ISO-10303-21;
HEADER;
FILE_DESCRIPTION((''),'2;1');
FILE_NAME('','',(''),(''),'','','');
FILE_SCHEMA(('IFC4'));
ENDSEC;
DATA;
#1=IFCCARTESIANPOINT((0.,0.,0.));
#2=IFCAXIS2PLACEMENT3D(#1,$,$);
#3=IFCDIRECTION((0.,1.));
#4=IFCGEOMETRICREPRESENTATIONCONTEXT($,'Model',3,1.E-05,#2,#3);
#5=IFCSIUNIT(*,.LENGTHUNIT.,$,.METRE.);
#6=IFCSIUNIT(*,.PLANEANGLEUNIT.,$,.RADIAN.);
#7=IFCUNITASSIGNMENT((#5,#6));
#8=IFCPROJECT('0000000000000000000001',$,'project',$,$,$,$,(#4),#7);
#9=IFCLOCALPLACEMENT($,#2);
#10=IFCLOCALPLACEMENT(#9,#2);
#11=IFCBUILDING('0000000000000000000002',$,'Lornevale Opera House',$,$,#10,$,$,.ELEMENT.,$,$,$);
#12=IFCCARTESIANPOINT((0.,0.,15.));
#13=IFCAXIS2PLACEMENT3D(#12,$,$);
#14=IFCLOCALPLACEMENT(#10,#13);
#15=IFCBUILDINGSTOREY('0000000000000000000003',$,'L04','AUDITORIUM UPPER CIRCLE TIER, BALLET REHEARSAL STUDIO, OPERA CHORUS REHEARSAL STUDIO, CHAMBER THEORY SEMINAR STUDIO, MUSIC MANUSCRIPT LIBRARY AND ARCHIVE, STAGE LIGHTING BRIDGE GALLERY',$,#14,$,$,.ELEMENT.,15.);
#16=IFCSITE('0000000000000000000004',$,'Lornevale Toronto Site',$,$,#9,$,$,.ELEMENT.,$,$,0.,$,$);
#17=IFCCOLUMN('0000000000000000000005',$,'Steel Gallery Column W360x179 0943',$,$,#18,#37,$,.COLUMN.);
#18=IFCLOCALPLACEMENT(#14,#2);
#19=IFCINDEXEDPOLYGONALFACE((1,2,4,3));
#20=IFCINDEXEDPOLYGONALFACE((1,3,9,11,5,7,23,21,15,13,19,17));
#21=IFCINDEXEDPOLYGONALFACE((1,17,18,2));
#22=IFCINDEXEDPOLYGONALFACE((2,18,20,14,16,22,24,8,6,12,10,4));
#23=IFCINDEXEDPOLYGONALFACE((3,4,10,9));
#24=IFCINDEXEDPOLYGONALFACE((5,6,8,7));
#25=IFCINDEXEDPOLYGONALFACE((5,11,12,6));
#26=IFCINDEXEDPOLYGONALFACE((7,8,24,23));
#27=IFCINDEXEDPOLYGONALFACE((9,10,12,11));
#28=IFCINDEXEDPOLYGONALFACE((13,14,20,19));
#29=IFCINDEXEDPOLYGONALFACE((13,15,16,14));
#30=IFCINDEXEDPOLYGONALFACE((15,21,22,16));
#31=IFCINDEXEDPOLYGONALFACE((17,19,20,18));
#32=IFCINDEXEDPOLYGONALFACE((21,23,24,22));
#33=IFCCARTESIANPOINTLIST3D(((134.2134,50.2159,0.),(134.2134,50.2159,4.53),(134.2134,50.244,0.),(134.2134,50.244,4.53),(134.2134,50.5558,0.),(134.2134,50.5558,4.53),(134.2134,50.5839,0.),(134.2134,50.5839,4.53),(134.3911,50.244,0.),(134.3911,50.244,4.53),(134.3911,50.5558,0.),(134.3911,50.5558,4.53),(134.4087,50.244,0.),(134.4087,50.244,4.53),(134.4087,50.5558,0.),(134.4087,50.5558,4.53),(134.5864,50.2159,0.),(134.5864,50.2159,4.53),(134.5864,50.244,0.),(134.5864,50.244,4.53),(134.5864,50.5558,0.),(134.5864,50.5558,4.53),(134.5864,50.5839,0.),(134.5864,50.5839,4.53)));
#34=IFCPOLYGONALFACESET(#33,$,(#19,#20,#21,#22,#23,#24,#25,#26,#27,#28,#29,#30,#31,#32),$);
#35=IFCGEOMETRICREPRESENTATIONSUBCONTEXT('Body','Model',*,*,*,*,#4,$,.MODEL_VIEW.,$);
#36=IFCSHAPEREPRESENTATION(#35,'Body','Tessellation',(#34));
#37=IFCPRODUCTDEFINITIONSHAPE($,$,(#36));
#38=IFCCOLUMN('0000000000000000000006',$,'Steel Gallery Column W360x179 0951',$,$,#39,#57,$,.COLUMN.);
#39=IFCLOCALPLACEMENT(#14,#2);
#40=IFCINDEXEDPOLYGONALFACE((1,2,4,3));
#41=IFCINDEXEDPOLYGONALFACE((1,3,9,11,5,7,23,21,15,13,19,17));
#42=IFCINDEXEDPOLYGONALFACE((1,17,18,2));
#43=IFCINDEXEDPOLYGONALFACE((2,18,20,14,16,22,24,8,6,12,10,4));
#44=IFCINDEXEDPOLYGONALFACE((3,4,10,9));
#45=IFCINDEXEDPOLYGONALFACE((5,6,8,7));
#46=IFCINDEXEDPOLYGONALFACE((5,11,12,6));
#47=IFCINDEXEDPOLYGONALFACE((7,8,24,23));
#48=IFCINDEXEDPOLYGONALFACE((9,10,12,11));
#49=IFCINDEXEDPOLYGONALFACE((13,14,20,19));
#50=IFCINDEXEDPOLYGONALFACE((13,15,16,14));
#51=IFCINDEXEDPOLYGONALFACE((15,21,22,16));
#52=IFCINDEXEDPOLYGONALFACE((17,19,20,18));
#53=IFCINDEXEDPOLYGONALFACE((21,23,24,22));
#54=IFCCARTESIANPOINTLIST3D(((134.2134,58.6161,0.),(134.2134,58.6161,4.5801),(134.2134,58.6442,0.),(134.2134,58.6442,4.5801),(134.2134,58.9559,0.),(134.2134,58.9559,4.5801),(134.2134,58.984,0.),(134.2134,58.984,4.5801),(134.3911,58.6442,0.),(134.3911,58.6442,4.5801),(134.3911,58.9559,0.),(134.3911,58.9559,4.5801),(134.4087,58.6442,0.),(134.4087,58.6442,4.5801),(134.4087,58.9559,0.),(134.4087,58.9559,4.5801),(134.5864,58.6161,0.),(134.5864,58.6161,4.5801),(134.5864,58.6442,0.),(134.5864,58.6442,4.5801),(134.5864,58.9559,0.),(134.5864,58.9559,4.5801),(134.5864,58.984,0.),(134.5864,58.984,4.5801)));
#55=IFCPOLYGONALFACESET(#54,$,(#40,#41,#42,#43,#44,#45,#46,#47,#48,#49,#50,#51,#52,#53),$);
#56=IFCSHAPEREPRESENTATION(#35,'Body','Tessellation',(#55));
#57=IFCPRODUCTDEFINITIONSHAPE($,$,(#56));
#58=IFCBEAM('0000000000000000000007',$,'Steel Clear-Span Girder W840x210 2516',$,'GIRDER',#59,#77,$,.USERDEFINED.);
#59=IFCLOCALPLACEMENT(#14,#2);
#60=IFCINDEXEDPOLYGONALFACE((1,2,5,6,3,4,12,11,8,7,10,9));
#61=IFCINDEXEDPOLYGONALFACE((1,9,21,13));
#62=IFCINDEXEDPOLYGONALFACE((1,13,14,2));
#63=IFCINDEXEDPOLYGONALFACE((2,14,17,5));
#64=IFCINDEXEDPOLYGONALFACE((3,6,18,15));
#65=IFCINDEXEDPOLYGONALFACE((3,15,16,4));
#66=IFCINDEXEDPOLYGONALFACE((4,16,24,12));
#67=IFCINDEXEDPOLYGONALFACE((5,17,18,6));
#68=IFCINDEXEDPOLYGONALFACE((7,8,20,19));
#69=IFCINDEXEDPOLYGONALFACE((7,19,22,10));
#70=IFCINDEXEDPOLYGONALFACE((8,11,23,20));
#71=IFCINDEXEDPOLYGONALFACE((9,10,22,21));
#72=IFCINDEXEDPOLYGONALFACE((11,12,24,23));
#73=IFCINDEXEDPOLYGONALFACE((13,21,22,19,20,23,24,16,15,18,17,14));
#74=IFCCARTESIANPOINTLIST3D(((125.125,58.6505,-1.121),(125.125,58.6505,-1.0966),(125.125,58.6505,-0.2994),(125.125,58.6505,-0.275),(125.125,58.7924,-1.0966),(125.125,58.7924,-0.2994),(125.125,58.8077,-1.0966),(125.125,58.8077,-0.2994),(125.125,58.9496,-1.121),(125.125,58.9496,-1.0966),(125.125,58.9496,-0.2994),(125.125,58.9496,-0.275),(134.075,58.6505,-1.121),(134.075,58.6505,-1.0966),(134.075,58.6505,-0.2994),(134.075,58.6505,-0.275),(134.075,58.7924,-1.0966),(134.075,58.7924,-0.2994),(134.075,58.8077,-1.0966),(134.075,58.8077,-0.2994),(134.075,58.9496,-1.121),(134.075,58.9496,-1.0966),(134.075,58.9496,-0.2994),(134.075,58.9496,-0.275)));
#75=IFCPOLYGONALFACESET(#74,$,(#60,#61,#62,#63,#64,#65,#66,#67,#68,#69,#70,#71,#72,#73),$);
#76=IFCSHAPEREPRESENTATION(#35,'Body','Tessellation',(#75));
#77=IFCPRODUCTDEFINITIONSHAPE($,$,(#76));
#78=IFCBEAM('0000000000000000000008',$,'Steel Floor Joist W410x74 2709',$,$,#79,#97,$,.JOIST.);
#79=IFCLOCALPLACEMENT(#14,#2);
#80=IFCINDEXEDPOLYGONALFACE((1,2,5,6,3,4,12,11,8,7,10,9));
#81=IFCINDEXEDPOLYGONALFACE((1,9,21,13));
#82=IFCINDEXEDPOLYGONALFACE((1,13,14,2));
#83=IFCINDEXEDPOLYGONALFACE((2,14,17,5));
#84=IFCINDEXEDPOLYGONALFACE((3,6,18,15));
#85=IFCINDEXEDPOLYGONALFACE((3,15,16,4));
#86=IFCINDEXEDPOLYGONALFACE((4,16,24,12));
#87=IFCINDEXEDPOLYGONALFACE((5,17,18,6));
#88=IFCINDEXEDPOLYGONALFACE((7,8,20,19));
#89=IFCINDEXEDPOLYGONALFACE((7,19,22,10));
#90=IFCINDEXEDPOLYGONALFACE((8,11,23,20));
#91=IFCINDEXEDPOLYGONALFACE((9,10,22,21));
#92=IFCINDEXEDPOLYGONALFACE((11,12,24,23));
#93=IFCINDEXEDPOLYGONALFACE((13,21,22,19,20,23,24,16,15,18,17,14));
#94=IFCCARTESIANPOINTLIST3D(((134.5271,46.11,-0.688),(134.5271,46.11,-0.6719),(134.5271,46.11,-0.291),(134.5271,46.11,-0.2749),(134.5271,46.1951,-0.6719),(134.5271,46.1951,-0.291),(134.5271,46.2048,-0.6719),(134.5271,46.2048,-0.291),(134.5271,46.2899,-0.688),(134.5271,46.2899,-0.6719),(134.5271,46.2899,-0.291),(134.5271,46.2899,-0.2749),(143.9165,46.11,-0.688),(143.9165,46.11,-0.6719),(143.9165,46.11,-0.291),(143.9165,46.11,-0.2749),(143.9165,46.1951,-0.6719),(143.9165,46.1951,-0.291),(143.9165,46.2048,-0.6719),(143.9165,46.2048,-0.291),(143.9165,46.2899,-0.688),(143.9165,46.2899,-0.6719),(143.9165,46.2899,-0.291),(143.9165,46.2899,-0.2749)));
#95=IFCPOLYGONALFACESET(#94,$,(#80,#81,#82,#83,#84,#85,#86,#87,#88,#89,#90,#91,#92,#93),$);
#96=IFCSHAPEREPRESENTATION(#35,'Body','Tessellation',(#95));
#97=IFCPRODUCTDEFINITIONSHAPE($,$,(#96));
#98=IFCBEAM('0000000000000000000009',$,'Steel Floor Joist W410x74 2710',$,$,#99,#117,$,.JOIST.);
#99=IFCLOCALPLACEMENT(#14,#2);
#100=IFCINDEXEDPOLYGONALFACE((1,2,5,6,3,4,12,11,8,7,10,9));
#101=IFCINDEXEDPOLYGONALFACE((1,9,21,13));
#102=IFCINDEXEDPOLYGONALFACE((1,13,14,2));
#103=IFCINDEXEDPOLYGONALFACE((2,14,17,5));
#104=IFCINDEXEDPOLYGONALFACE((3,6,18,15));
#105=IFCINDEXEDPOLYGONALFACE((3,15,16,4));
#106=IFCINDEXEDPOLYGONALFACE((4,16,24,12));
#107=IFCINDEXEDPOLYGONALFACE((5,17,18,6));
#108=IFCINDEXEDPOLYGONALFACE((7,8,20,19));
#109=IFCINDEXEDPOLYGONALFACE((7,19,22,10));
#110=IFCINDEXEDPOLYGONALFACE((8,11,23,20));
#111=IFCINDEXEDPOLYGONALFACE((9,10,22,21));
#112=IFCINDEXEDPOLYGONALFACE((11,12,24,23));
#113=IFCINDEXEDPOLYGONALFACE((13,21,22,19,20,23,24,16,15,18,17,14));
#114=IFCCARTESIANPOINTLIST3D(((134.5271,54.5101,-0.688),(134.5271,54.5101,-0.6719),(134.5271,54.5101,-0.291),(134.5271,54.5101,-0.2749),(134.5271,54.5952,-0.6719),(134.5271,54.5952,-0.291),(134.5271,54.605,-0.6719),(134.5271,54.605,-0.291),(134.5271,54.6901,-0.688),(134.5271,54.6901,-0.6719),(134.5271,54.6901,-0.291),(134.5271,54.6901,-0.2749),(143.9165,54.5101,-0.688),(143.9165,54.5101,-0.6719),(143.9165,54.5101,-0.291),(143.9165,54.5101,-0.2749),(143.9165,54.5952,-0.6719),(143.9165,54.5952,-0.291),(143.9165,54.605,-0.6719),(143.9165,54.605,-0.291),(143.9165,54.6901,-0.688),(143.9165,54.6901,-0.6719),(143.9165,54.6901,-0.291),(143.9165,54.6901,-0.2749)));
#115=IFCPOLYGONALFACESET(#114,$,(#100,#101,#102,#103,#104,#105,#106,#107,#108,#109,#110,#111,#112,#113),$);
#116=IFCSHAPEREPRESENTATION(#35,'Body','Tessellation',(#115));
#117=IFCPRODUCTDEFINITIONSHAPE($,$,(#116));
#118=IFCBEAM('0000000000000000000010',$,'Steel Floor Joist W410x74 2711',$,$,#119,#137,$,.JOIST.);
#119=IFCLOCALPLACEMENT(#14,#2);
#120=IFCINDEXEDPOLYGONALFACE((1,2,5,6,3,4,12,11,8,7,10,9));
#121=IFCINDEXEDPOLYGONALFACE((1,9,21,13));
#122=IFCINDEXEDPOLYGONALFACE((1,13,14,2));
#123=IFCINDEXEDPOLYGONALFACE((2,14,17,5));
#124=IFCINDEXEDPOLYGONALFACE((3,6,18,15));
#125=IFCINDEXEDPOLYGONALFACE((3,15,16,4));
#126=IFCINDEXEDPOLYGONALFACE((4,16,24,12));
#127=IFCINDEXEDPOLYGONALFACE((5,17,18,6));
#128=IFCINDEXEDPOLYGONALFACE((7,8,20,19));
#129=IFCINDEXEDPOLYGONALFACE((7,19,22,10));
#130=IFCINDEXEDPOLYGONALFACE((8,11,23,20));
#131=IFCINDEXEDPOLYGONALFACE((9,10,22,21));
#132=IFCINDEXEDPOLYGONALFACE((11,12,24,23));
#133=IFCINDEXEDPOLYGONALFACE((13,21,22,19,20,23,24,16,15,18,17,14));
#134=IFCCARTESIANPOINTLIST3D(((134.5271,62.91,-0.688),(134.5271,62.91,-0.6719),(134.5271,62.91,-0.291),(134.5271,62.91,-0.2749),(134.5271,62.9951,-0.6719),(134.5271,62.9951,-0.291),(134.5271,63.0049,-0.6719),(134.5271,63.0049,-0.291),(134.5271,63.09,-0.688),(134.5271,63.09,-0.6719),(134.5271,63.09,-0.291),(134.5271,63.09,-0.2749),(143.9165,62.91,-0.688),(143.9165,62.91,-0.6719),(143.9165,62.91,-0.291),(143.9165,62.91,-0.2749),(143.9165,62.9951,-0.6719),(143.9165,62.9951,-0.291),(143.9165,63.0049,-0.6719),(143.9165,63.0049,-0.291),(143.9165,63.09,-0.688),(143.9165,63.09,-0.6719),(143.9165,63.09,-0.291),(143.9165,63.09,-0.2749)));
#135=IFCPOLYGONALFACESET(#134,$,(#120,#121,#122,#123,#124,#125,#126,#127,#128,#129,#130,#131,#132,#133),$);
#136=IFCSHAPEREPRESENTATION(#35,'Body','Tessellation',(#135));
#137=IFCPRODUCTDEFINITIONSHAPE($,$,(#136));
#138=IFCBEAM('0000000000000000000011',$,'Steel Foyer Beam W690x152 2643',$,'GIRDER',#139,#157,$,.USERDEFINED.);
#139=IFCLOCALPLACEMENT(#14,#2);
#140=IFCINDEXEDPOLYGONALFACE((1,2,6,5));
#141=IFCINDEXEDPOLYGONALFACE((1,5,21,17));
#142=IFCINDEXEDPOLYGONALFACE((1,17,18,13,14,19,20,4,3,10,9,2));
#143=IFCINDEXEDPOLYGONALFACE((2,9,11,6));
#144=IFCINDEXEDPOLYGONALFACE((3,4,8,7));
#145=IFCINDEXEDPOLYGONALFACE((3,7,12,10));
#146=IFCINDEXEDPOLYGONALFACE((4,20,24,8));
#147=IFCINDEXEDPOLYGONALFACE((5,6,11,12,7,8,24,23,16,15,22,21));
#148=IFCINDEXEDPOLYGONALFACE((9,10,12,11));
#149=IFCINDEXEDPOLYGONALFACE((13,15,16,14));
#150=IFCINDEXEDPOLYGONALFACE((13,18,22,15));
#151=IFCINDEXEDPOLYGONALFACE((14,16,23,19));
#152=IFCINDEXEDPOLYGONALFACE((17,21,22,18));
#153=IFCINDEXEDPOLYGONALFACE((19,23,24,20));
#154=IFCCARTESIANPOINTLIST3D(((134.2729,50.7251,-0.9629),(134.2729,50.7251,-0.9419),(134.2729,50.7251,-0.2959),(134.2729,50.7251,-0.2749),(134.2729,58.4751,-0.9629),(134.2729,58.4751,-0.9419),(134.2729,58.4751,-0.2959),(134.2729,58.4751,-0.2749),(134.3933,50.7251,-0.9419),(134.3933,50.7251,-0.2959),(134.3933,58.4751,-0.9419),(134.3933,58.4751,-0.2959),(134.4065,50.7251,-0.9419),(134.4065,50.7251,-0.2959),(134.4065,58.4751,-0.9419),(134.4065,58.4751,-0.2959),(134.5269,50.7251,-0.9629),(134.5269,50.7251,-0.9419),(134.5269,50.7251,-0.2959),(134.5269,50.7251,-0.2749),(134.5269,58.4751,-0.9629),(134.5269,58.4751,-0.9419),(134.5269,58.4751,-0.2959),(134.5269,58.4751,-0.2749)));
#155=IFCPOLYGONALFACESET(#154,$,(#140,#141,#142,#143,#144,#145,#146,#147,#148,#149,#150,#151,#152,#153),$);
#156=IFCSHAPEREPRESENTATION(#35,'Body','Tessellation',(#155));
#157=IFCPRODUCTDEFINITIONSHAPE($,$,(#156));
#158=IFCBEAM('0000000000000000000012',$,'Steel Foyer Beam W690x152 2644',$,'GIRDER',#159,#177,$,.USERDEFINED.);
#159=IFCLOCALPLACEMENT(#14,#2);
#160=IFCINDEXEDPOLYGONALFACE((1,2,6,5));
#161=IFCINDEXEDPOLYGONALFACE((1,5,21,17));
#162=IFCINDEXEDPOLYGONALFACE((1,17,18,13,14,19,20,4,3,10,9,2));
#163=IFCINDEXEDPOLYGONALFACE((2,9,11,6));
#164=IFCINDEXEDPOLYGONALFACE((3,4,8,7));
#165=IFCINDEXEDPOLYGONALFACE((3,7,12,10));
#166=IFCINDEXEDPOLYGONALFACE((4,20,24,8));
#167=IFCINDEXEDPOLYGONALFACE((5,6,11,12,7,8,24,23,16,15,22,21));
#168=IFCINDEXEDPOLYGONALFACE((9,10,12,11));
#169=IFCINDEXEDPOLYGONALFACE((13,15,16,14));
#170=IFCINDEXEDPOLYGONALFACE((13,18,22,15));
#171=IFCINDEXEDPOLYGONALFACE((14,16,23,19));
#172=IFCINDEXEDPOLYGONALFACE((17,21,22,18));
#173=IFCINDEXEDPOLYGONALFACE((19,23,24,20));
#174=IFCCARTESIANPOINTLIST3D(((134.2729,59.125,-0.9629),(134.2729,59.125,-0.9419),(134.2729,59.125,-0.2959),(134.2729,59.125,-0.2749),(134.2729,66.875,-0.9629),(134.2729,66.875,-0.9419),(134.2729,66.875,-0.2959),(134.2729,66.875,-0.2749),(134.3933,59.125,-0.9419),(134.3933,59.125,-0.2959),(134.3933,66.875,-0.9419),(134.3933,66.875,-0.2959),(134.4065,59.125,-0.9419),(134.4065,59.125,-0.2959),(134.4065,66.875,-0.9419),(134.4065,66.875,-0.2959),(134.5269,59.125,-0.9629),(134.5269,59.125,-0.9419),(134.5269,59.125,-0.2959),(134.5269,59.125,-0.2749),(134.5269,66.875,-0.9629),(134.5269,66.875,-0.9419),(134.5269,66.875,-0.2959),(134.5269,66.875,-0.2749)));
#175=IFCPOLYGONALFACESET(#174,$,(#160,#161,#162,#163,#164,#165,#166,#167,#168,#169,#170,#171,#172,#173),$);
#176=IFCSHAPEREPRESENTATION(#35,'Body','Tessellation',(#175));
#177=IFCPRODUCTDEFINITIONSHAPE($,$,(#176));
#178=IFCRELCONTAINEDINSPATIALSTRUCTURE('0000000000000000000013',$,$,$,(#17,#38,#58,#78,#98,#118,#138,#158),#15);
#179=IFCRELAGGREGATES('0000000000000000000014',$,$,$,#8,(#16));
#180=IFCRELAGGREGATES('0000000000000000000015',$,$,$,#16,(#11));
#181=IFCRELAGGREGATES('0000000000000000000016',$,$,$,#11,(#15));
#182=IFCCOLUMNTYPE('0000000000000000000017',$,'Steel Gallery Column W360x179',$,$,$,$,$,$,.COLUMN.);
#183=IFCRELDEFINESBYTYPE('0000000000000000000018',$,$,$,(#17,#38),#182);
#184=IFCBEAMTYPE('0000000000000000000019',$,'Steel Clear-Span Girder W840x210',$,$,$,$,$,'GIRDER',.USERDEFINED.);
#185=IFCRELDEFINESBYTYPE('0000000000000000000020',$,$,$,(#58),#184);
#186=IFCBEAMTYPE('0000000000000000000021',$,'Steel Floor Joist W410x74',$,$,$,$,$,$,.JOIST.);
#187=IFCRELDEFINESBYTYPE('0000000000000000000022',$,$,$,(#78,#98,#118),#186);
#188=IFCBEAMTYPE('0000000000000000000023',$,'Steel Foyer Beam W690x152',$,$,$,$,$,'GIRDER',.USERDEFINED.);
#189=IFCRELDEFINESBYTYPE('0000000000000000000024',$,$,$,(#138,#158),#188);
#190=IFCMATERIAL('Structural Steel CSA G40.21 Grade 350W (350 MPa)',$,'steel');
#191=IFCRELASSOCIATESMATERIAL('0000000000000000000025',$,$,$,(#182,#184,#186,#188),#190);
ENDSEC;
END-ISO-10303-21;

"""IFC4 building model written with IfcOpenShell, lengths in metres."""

from ifc_helpers import new_model, si_unit, direction, frame, origin, origin_2d, place, context, subcontext, project, spatial, i_section, extrude, material, material_profile, profile_set, type_object, element, save


model = new_model("IFC4")

# Units and contexts
model_context = context("Model", 3, precision=1e-05, world=origin(), true_north=direction((0.0, 1.0)))
body_context = subcontext(model_context, "Body", "Model", "MODEL_VIEW")
ifc_project = project(units=[si_unit("LENGTHUNIT", "METRE"), si_unit("PLANEANGLEUNIT", "RADIAN")], contexts=[model_context])

# Site, building, storey
site_placement = place(None, origin())
site = spatial("IfcSite", under=ifc_project, at=site_placement, Name="Lornevale Toronto Site", CompositionType="ELEMENT", RefElevation=0.0)
building_placement = place(site_placement, origin())
building = spatial("IfcBuilding", under=site, at=building_placement, Name="Lornevale Opera House", CompositionType="ELEMENT")
storey_placement = place(building_placement, frame((0.0, 0.0, 15.0)))
storey = spatial("IfcBuildingStorey", under=building, at=storey_placement, Name="L04", Description="AUDITORIUM UPPER CIRCLE TIER, BALLET REHEARSAL STUDIO, OPERA CHORUS REHEARSAL STUDIO, CHAMBER THEORY SEMINAR STUDIO, MUSIC MANUSCRIPT LIBRARY AND ARCHIVE, STAGE LIGHTING BRIDGE GALLERY", CompositionType="ELEMENT", Elevation=15.0)

# Columns
ifc_material_1 = material(Name="Structural Steel CSA G40.21 Grade 350W (350 MPa)", Category="steel")
ifc_material_profile_1 = material_profile(ifc_material_1, i_section(OverallWidth=0.373, OverallDepth=0.3679, WebThickness=0.0176, FlangeThickness=0.0281, at=origin_2d()), Name="W360x179")
ifc_profile_set_1 = profile_set([ifc_material_profile_1], Name="Structural Steel CSA G40.21 Grade 350W (350 MPa)")
column_type = type_object("IfcColumnType", Name="Steel Gallery Column W360x179", PredefinedType="COLUMN", material=ifc_profile_set_1)
column_1_placement = place(storey_placement, frame((134.3999, 50.3999, 0.0), z_axis=(0.0, 0.0, 1.0), x_axis=(1.0, 0.0, 0.0)))
element("IfcColumn", 1, at=column_1_placement, inside=storey, type_object=column_type, Name="Steel Gallery Column W360x179 0943", PredefinedType="COLUMN", context=body_context, shape_type="SweptSolid", body=[
    extrude(i_section(OverallWidth=0.373, OverallDepth=0.3679, WebThickness=0.0176, FlangeThickness=0.0281, at=origin_2d()), origin(), (0.0, 0.0, 1.0), 4.53),
])
column_2_placement = place(storey_placement, frame((134.3999, 58.8, 0.0), z_axis=(0.0, 0.0, 1.0), x_axis=(1.0, 0.0, 0.0)))
element("IfcColumn", 2, at=column_2_placement, inside=storey, type_object=column_type, Name="Steel Gallery Column W360x179 0951", PredefinedType="COLUMN", context=body_context, shape_type="SweptSolid", body=[
    extrude(i_section(OverallWidth=0.373, OverallDepth=0.3679, WebThickness=0.0176, FlangeThickness=0.0281, at=origin_2d()), origin(), (0.0, 0.0, 1.0), 4.5801),
])

# Beams
ifc_material_profile_2 = material_profile(ifc_material_1, i_section(OverallWidth=0.2991, OverallDepth=0.8459, WebThickness=0.0154, FlangeThickness=0.0244, at=origin_2d()), Name="W840x210")
ifc_profile_set_2 = profile_set([ifc_material_profile_2], Name="Structural Steel CSA G40.21 Grade 350W (350 MPa)")
beam_type_1 = type_object("IfcBeamType", Name="Steel Clear-Span Girder W840x210", ElementType="GIRDER", PredefinedType="USERDEFINED", material=ifc_profile_set_2)
beam_placement = place(storey_placement, frame((125.125, 58.8, -0.698), z_axis=(1.0, 0.0, 0.0), x_axis=(0.0, 1.0, 0.0)))
element("IfcBeam", 3, at=beam_placement, inside=storey, type_object=beam_type_1, Name="Steel Clear-Span Girder W840x210 2516", ObjectType="GIRDER", PredefinedType="USERDEFINED", context=body_context, shape_type="SweptSolid", body=[
    extrude(i_section(OverallWidth=0.2991, OverallDepth=0.8459, WebThickness=0.0154, FlangeThickness=0.0244, at=origin_2d()), origin(), (0.0, 0.0, 1.0), 8.95),
])
ifc_material_profile_3 = material_profile(ifc_material_1, i_section(OverallWidth=0.1799, OverallDepth=0.4131, WebThickness=0.0098, FlangeThickness=0.0161, at=origin_2d()), Name="W410x74")
ifc_profile_set_3 = profile_set([ifc_material_profile_3], Name="Structural Steel CSA G40.21 Grade 350W (350 MPa)")
beam_type_2 = type_object("IfcBeamType", Name="Steel Floor Joist W410x74", PredefinedType="JOIST", material=ifc_profile_set_3)
for number, where, z_axis, x_axis, name in (
    (4, (134.5271, 46.2, -0.4814), (1.0, 0.0, 0.0), (0.0, 1.0, 0.0), "Steel Floor Joist W410x74 2709"),
    (5, (134.5271, 54.6001, -0.4814), (1.0, 0.0, 0.0), (0.0, 1.0, 0.0), "Steel Floor Joist W410x74 2710"),
    (6, (134.5271, 63.0, -0.4814), (1.0, 0.0, 0.0), (0.0, 1.0, 0.0), "Steel Floor Joist W410x74 2711"),
):
    element("IfcBeam", number, at=place(storey_placement, frame(where, z_axis=z_axis, x_axis=x_axis)), inside=storey, type_object=beam_type_2, Name=name, PredefinedType="JOIST", context=body_context, shape_type="SweptSolid", body=[
        extrude(i_section(OverallWidth=0.1799, OverallDepth=0.4131, WebThickness=0.0098, FlangeThickness=0.0161, at=origin_2d()), origin(), (0.0, 0.0, 1.0), 9.3894),
    ])
ifc_material_profile_4 = material_profile(ifc_material_1, i_section(OverallWidth=0.2539, OverallDepth=0.688, WebThickness=0.0132, FlangeThickness=0.021, at=origin_2d()), Name="W690x152")
ifc_profile_set_4 = profile_set([ifc_material_profile_4], Name="Structural Steel CSA G40.21 Grade 350W (350 MPa)")
beam_type_3 = type_object("IfcBeamType", Name="Steel Foyer Beam W690x152", ElementType="GIRDER", PredefinedType="USERDEFINED", material=ifc_profile_set_4)
for number, where, z_axis, x_axis, name in (
    (7, (134.3999, 50.7251, -0.6189), (0.0, 1.0, 0.0), (-1.0, 0.0, 0.0), "Steel Foyer Beam W690x152 2643"),
    (8, (134.3999, 59.125, -0.6189), (0.0, 1.0, 0.0), (-1.0, 0.0, 0.0), "Steel Foyer Beam W690x152 2644"),
):
    element("IfcBeam", number, at=place(storey_placement, frame(where, z_axis=z_axis, x_axis=x_axis)), inside=storey, type_object=beam_type_3, Name=name, ObjectType="GIRDER", PredefinedType="USERDEFINED", context=body_context, shape_type="SweptSolid", body=[
        extrude(i_section(OverallWidth=0.2539, OverallDepth=0.688, WebThickness=0.0132, FlangeThickness=0.021, at=origin_2d()), origin(), (0.0, 0.0, 1.0), 7.75),
    ])

save(model, "model.ifc")
